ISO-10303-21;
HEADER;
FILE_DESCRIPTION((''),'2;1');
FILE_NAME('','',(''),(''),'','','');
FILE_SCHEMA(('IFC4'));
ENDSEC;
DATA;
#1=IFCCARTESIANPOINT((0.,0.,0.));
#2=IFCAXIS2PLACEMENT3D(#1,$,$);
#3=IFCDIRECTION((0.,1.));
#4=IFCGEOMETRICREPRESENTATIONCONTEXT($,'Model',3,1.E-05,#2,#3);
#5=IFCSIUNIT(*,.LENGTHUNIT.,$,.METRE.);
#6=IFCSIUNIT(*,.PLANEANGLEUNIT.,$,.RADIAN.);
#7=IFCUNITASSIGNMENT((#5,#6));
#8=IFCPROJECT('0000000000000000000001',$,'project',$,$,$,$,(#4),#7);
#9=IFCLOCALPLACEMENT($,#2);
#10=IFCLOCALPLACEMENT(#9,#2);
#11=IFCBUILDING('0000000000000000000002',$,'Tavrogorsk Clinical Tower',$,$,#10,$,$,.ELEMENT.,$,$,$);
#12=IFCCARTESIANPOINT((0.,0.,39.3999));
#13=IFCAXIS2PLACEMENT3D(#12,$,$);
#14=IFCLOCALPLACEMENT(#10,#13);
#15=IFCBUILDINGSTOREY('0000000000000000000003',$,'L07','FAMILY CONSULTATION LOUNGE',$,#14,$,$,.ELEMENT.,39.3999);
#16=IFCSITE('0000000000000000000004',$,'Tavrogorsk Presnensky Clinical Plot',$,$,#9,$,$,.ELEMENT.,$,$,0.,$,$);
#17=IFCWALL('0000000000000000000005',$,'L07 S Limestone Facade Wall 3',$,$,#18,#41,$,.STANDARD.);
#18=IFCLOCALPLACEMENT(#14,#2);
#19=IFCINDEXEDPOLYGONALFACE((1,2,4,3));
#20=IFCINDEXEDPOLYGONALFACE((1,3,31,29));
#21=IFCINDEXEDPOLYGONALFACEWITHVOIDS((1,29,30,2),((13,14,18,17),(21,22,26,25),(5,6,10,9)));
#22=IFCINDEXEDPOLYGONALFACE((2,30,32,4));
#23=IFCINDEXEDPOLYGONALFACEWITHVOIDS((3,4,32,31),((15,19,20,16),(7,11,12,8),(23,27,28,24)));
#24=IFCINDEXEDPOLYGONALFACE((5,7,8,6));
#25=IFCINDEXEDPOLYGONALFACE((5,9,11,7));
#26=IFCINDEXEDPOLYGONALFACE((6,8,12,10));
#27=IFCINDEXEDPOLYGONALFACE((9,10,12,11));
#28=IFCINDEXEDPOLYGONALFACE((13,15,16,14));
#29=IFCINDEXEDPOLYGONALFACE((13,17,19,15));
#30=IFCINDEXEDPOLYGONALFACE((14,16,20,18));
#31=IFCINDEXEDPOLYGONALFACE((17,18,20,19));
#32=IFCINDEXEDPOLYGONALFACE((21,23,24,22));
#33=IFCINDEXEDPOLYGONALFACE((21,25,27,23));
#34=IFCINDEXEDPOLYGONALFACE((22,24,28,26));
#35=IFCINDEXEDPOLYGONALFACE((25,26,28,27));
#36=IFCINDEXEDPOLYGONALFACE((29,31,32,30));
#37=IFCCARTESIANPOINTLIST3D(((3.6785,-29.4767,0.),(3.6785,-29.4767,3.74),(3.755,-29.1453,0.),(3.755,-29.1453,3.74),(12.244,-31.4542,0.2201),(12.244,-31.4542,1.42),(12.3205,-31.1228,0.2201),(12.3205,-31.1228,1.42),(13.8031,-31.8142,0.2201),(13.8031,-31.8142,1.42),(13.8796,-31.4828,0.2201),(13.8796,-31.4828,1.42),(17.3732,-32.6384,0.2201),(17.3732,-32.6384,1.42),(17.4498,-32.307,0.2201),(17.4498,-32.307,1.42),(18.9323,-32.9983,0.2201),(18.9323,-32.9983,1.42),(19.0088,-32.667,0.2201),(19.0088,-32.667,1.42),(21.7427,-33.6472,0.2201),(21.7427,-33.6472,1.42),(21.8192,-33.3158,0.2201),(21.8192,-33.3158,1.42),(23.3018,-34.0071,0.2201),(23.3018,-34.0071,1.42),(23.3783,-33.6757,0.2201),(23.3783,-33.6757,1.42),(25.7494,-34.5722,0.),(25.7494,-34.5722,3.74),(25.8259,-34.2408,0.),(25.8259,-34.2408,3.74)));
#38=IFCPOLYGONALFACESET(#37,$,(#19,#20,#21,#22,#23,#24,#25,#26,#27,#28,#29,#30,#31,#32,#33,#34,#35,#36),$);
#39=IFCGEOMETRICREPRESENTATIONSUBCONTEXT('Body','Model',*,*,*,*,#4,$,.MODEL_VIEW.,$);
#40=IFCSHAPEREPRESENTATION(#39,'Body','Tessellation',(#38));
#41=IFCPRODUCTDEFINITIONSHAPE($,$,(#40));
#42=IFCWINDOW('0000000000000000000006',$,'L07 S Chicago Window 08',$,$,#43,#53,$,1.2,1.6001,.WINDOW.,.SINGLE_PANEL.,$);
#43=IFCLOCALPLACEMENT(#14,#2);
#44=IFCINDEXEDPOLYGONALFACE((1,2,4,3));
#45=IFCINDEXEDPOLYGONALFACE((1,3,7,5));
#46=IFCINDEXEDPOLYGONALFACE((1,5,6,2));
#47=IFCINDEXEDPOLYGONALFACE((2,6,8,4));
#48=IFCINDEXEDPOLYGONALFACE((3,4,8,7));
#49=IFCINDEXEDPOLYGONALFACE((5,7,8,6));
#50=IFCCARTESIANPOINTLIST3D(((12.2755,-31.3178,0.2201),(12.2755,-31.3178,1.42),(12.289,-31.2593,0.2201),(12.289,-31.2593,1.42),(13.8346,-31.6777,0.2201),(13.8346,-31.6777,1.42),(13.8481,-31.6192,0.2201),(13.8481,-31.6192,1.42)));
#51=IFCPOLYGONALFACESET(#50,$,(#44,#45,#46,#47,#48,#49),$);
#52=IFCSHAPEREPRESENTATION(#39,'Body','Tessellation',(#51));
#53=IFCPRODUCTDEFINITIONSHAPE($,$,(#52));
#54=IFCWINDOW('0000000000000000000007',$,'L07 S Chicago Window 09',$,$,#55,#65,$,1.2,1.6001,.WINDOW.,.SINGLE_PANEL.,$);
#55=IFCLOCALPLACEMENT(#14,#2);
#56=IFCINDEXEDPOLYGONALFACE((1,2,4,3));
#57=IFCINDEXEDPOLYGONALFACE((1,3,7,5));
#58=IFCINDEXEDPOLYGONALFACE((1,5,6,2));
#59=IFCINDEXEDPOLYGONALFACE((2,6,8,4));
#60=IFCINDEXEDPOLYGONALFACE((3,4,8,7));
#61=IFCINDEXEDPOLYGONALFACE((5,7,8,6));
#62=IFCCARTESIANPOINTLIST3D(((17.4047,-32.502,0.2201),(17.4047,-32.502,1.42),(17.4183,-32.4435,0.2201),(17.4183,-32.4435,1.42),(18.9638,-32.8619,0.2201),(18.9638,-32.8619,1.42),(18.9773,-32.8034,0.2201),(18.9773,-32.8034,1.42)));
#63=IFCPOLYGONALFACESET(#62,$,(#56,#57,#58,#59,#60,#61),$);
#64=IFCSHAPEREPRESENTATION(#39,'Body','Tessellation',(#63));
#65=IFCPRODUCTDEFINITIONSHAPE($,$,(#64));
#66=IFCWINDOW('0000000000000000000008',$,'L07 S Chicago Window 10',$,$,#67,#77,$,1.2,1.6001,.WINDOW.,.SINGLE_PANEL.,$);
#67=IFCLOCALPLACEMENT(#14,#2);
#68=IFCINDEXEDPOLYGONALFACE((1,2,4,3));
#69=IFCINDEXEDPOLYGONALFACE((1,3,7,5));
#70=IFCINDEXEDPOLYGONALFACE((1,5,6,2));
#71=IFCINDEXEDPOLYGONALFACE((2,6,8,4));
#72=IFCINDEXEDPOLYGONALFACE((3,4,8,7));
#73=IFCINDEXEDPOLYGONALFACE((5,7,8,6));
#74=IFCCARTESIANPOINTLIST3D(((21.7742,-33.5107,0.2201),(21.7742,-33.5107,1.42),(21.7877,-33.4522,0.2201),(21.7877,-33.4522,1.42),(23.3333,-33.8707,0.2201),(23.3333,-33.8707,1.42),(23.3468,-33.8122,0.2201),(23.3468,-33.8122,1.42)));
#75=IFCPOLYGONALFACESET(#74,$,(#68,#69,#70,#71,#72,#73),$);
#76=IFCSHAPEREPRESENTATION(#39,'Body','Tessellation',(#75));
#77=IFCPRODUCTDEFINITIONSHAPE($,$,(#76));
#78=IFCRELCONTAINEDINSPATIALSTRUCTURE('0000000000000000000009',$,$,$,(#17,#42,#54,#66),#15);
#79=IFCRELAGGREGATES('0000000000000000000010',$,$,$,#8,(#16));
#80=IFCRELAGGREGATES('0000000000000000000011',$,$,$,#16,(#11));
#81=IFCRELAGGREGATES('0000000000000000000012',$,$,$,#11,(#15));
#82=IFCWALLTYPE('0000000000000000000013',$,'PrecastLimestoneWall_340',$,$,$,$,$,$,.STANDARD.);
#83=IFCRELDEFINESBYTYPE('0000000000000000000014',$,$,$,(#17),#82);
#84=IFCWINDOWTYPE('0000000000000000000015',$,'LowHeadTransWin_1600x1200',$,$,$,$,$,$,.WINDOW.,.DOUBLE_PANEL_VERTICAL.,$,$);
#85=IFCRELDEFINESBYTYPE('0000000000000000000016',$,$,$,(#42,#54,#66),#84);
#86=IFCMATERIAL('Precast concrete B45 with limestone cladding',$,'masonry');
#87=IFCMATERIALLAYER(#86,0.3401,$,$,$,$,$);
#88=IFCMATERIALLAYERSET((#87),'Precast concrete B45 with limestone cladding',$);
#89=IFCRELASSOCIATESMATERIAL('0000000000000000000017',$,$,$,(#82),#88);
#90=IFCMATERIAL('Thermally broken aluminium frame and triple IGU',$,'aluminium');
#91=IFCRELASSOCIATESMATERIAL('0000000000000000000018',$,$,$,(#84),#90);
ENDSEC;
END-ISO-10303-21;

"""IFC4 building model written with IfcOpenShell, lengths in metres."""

from ifc_helpers import new_model, si_unit, direction, frame, frame_2d, origin, place, context, subcontext, project, spatial, rectangle, extrude, material, layer, layer_set, type_object, element, fill, save


model = new_model("IFC4")

# Units and contexts
model_context = context("Model", 3, precision=1e-05, world=origin(), true_north=direction((0.0, 1.0)))
body_context = subcontext(model_context, "Body", "Model", "MODEL_VIEW")
ifc_project = project(units=[si_unit("LENGTHUNIT", "METRE"), si_unit("PLANEANGLEUNIT", "RADIAN")], contexts=[model_context])

# Site, building, storey
site_placement = place(None, origin())
site = spatial("IfcSite", under=ifc_project, at=site_placement, Name="Tavrogorsk Presnensky Clinical Plot", CompositionType="ELEMENT", RefElevation=0.0)
building_placement = place(site_placement, origin())
building = spatial("IfcBuilding", under=site, at=building_placement, Name="Tavrogorsk Clinical Tower", CompositionType="ELEMENT")
storey_placement = place(building_placement, frame((0.0, 0.0, 39.3999)))
storey = spatial("IfcBuildingStorey", under=building, at=storey_placement, Name="L07", Description="FAMILY CONSULTATION LOUNGE", CompositionType="ELEMENT", Elevation=39.3999)

# Wall, openings, windows
ifc_material_1 = material(Name="Precast concrete B45 with limestone cladding", Category="masonry")
ifc_layer_1 = layer(ifc_material_1, 0.3401)
ifc_layer_set_1 = layer_set([ifc_layer_1], Name="Precast concrete B45 with limestone cladding")
wall_type_1 = type_object("IfcWallType", Name="PrecastLimestoneWall_340", PredefinedType="STANDARD", material=ifc_layer_set_1)
wall_1_placement = place(storey_placement, frame((3.7168, -29.311, 0.0), z_axis=(0.0, 0.0, 1.0), x_axis=(0.97437, -0.224952, 0.0)))
wall_1 = element("IfcWall", 1, at=wall_1_placement, inside=storey, type_object=wall_type_1, Name="L07 S Limestone Facade Wall 3", PredefinedType="STANDARD", context=body_context, shape_type="SweptSolid", body=[
    extrude(rectangle(XDim=22.6514, YDim=0.3401, at=frame_2d((11.3257, 0.0))), origin(), (0.0, 0.0, 1.0), 3.74),
])
opening_1_placement = place(wall_1_placement, frame((8.7908, 0.0, 0.22)))
opening_1 = element("IfcOpeningElement", 2, at=opening_1_placement, cuts=wall_1, PredefinedType="OPENING", context=body_context, shape_type="SweptSolid", body=[
    extrude(rectangle(XDim=1.6001, YDim=1.2, at=frame_2d((0.8, 0.6001))), frame((0.0, 0.1799, 0.0), z_axis=(0.0, -1.0, 0.0), x_axis=(1.0, 0.0, 0.0)), (0.0, 0.0, 1.0), 0.3601),
])
opening_2_placement = place(wall_1_placement, frame((14.0549, 0.0, 0.22)))
opening_2 = element("IfcOpeningElement", 3, at=opening_2_placement, cuts=wall_1, PredefinedType="OPENING", context=body_context, shape_type="SweptSolid", body=[
    extrude(rectangle(XDim=1.6001, YDim=1.2, at=frame_2d((0.8, 0.6001))), frame((0.0, 0.1799, 0.0), z_axis=(0.0, -1.0, 0.0), x_axis=(1.0, 0.0, 0.0)), (0.0, 0.0, 1.0), 0.3601),
])
opening_3_placement = place(wall_1_placement, frame((18.5393, 0.0, 0.22)))
opening_3 = element("IfcOpeningElement", 4, at=opening_3_placement, cuts=wall_1, PredefinedType="OPENING", context=body_context, shape_type="SweptSolid", body=[
    extrude(rectangle(XDim=1.6001, YDim=1.2, at=frame_2d((0.8, 0.6001))), frame((0.0, 0.1799, 0.0), z_axis=(0.0, -1.0, 0.0), x_axis=(1.0, 0.0, 0.0)), (0.0, 0.0, 1.0), 0.3601),
])
ifc_material_2 = material(Name="Thermally broken aluminium frame and triple IGU", Category="aluminium")
window_type = type_object("IfcWindowType", Name="LowHeadTransWin_1600x1200", PartitioningType="DOUBLE_PANEL_VERTICAL", PredefinedType="WINDOW", material=ifc_material_2)
window_1_placement = place(opening_1_placement, origin())
window_1 = element("IfcWindow", 5, at=window_1_placement, inside=storey, type_object=window_type, Name="L07 S Chicago Window 08", OverallHeight=1.2, OverallWidth=1.6001, PartitioningType="SINGLE_PANEL", PredefinedType="WINDOW", context=body_context, shape_type="SweptSolid", body=[
    extrude(rectangle(XDim=1.6001, YDim=1.2, at=frame_2d((0.8, 0.6001))), frame((0.0, 0.03, 0.0), z_axis=(0.0, -1.0, 0.0), x_axis=(1.0, 0.0, 0.0)), (0.0, 0.0, 1.0), 0.0601),
])
fill(opening_1, window_1)
window_2_placement = place(opening_2_placement, origin())
window_2 = element("IfcWindow", 6, at=window_2_placement, inside=storey, type_object=window_type, Name="L07 S Chicago Window 09", OverallHeight=1.2, OverallWidth=1.6001, PartitioningType="SINGLE_PANEL", PredefinedType="WINDOW", context=body_context, shape_type="SweptSolid", body=[
    extrude(rectangle(XDim=1.6001, YDim=1.2, at=frame_2d((0.8, 0.6001))), frame((0.0, 0.03, 0.0), z_axis=(0.0, -1.0, 0.0), x_axis=(1.0, 0.0, 0.0)), (0.0, 0.0, 1.0), 0.0601),
])
fill(opening_2, window_2)
window_3_placement = place(opening_3_placement, origin())
window_3 = element("IfcWindow", 7, at=window_3_placement, inside=storey, type_object=window_type, Name="L07 S Chicago Window 10", OverallHeight=1.2, OverallWidth=1.6001, PartitioningType="SINGLE_PANEL", PredefinedType="WINDOW", context=body_context, shape_type="SweptSolid", body=[
    extrude(rectangle(XDim=1.6001, YDim=1.2, at=frame_2d((0.8, 0.6001))), frame((0.0, 0.03, 0.0), z_axis=(0.0, -1.0, 0.0), x_axis=(1.0, 0.0, 0.0)), (0.0, 0.0, 1.0), 0.0601),
])
fill(opening_3, window_3)

save(model, "model.ifc")
